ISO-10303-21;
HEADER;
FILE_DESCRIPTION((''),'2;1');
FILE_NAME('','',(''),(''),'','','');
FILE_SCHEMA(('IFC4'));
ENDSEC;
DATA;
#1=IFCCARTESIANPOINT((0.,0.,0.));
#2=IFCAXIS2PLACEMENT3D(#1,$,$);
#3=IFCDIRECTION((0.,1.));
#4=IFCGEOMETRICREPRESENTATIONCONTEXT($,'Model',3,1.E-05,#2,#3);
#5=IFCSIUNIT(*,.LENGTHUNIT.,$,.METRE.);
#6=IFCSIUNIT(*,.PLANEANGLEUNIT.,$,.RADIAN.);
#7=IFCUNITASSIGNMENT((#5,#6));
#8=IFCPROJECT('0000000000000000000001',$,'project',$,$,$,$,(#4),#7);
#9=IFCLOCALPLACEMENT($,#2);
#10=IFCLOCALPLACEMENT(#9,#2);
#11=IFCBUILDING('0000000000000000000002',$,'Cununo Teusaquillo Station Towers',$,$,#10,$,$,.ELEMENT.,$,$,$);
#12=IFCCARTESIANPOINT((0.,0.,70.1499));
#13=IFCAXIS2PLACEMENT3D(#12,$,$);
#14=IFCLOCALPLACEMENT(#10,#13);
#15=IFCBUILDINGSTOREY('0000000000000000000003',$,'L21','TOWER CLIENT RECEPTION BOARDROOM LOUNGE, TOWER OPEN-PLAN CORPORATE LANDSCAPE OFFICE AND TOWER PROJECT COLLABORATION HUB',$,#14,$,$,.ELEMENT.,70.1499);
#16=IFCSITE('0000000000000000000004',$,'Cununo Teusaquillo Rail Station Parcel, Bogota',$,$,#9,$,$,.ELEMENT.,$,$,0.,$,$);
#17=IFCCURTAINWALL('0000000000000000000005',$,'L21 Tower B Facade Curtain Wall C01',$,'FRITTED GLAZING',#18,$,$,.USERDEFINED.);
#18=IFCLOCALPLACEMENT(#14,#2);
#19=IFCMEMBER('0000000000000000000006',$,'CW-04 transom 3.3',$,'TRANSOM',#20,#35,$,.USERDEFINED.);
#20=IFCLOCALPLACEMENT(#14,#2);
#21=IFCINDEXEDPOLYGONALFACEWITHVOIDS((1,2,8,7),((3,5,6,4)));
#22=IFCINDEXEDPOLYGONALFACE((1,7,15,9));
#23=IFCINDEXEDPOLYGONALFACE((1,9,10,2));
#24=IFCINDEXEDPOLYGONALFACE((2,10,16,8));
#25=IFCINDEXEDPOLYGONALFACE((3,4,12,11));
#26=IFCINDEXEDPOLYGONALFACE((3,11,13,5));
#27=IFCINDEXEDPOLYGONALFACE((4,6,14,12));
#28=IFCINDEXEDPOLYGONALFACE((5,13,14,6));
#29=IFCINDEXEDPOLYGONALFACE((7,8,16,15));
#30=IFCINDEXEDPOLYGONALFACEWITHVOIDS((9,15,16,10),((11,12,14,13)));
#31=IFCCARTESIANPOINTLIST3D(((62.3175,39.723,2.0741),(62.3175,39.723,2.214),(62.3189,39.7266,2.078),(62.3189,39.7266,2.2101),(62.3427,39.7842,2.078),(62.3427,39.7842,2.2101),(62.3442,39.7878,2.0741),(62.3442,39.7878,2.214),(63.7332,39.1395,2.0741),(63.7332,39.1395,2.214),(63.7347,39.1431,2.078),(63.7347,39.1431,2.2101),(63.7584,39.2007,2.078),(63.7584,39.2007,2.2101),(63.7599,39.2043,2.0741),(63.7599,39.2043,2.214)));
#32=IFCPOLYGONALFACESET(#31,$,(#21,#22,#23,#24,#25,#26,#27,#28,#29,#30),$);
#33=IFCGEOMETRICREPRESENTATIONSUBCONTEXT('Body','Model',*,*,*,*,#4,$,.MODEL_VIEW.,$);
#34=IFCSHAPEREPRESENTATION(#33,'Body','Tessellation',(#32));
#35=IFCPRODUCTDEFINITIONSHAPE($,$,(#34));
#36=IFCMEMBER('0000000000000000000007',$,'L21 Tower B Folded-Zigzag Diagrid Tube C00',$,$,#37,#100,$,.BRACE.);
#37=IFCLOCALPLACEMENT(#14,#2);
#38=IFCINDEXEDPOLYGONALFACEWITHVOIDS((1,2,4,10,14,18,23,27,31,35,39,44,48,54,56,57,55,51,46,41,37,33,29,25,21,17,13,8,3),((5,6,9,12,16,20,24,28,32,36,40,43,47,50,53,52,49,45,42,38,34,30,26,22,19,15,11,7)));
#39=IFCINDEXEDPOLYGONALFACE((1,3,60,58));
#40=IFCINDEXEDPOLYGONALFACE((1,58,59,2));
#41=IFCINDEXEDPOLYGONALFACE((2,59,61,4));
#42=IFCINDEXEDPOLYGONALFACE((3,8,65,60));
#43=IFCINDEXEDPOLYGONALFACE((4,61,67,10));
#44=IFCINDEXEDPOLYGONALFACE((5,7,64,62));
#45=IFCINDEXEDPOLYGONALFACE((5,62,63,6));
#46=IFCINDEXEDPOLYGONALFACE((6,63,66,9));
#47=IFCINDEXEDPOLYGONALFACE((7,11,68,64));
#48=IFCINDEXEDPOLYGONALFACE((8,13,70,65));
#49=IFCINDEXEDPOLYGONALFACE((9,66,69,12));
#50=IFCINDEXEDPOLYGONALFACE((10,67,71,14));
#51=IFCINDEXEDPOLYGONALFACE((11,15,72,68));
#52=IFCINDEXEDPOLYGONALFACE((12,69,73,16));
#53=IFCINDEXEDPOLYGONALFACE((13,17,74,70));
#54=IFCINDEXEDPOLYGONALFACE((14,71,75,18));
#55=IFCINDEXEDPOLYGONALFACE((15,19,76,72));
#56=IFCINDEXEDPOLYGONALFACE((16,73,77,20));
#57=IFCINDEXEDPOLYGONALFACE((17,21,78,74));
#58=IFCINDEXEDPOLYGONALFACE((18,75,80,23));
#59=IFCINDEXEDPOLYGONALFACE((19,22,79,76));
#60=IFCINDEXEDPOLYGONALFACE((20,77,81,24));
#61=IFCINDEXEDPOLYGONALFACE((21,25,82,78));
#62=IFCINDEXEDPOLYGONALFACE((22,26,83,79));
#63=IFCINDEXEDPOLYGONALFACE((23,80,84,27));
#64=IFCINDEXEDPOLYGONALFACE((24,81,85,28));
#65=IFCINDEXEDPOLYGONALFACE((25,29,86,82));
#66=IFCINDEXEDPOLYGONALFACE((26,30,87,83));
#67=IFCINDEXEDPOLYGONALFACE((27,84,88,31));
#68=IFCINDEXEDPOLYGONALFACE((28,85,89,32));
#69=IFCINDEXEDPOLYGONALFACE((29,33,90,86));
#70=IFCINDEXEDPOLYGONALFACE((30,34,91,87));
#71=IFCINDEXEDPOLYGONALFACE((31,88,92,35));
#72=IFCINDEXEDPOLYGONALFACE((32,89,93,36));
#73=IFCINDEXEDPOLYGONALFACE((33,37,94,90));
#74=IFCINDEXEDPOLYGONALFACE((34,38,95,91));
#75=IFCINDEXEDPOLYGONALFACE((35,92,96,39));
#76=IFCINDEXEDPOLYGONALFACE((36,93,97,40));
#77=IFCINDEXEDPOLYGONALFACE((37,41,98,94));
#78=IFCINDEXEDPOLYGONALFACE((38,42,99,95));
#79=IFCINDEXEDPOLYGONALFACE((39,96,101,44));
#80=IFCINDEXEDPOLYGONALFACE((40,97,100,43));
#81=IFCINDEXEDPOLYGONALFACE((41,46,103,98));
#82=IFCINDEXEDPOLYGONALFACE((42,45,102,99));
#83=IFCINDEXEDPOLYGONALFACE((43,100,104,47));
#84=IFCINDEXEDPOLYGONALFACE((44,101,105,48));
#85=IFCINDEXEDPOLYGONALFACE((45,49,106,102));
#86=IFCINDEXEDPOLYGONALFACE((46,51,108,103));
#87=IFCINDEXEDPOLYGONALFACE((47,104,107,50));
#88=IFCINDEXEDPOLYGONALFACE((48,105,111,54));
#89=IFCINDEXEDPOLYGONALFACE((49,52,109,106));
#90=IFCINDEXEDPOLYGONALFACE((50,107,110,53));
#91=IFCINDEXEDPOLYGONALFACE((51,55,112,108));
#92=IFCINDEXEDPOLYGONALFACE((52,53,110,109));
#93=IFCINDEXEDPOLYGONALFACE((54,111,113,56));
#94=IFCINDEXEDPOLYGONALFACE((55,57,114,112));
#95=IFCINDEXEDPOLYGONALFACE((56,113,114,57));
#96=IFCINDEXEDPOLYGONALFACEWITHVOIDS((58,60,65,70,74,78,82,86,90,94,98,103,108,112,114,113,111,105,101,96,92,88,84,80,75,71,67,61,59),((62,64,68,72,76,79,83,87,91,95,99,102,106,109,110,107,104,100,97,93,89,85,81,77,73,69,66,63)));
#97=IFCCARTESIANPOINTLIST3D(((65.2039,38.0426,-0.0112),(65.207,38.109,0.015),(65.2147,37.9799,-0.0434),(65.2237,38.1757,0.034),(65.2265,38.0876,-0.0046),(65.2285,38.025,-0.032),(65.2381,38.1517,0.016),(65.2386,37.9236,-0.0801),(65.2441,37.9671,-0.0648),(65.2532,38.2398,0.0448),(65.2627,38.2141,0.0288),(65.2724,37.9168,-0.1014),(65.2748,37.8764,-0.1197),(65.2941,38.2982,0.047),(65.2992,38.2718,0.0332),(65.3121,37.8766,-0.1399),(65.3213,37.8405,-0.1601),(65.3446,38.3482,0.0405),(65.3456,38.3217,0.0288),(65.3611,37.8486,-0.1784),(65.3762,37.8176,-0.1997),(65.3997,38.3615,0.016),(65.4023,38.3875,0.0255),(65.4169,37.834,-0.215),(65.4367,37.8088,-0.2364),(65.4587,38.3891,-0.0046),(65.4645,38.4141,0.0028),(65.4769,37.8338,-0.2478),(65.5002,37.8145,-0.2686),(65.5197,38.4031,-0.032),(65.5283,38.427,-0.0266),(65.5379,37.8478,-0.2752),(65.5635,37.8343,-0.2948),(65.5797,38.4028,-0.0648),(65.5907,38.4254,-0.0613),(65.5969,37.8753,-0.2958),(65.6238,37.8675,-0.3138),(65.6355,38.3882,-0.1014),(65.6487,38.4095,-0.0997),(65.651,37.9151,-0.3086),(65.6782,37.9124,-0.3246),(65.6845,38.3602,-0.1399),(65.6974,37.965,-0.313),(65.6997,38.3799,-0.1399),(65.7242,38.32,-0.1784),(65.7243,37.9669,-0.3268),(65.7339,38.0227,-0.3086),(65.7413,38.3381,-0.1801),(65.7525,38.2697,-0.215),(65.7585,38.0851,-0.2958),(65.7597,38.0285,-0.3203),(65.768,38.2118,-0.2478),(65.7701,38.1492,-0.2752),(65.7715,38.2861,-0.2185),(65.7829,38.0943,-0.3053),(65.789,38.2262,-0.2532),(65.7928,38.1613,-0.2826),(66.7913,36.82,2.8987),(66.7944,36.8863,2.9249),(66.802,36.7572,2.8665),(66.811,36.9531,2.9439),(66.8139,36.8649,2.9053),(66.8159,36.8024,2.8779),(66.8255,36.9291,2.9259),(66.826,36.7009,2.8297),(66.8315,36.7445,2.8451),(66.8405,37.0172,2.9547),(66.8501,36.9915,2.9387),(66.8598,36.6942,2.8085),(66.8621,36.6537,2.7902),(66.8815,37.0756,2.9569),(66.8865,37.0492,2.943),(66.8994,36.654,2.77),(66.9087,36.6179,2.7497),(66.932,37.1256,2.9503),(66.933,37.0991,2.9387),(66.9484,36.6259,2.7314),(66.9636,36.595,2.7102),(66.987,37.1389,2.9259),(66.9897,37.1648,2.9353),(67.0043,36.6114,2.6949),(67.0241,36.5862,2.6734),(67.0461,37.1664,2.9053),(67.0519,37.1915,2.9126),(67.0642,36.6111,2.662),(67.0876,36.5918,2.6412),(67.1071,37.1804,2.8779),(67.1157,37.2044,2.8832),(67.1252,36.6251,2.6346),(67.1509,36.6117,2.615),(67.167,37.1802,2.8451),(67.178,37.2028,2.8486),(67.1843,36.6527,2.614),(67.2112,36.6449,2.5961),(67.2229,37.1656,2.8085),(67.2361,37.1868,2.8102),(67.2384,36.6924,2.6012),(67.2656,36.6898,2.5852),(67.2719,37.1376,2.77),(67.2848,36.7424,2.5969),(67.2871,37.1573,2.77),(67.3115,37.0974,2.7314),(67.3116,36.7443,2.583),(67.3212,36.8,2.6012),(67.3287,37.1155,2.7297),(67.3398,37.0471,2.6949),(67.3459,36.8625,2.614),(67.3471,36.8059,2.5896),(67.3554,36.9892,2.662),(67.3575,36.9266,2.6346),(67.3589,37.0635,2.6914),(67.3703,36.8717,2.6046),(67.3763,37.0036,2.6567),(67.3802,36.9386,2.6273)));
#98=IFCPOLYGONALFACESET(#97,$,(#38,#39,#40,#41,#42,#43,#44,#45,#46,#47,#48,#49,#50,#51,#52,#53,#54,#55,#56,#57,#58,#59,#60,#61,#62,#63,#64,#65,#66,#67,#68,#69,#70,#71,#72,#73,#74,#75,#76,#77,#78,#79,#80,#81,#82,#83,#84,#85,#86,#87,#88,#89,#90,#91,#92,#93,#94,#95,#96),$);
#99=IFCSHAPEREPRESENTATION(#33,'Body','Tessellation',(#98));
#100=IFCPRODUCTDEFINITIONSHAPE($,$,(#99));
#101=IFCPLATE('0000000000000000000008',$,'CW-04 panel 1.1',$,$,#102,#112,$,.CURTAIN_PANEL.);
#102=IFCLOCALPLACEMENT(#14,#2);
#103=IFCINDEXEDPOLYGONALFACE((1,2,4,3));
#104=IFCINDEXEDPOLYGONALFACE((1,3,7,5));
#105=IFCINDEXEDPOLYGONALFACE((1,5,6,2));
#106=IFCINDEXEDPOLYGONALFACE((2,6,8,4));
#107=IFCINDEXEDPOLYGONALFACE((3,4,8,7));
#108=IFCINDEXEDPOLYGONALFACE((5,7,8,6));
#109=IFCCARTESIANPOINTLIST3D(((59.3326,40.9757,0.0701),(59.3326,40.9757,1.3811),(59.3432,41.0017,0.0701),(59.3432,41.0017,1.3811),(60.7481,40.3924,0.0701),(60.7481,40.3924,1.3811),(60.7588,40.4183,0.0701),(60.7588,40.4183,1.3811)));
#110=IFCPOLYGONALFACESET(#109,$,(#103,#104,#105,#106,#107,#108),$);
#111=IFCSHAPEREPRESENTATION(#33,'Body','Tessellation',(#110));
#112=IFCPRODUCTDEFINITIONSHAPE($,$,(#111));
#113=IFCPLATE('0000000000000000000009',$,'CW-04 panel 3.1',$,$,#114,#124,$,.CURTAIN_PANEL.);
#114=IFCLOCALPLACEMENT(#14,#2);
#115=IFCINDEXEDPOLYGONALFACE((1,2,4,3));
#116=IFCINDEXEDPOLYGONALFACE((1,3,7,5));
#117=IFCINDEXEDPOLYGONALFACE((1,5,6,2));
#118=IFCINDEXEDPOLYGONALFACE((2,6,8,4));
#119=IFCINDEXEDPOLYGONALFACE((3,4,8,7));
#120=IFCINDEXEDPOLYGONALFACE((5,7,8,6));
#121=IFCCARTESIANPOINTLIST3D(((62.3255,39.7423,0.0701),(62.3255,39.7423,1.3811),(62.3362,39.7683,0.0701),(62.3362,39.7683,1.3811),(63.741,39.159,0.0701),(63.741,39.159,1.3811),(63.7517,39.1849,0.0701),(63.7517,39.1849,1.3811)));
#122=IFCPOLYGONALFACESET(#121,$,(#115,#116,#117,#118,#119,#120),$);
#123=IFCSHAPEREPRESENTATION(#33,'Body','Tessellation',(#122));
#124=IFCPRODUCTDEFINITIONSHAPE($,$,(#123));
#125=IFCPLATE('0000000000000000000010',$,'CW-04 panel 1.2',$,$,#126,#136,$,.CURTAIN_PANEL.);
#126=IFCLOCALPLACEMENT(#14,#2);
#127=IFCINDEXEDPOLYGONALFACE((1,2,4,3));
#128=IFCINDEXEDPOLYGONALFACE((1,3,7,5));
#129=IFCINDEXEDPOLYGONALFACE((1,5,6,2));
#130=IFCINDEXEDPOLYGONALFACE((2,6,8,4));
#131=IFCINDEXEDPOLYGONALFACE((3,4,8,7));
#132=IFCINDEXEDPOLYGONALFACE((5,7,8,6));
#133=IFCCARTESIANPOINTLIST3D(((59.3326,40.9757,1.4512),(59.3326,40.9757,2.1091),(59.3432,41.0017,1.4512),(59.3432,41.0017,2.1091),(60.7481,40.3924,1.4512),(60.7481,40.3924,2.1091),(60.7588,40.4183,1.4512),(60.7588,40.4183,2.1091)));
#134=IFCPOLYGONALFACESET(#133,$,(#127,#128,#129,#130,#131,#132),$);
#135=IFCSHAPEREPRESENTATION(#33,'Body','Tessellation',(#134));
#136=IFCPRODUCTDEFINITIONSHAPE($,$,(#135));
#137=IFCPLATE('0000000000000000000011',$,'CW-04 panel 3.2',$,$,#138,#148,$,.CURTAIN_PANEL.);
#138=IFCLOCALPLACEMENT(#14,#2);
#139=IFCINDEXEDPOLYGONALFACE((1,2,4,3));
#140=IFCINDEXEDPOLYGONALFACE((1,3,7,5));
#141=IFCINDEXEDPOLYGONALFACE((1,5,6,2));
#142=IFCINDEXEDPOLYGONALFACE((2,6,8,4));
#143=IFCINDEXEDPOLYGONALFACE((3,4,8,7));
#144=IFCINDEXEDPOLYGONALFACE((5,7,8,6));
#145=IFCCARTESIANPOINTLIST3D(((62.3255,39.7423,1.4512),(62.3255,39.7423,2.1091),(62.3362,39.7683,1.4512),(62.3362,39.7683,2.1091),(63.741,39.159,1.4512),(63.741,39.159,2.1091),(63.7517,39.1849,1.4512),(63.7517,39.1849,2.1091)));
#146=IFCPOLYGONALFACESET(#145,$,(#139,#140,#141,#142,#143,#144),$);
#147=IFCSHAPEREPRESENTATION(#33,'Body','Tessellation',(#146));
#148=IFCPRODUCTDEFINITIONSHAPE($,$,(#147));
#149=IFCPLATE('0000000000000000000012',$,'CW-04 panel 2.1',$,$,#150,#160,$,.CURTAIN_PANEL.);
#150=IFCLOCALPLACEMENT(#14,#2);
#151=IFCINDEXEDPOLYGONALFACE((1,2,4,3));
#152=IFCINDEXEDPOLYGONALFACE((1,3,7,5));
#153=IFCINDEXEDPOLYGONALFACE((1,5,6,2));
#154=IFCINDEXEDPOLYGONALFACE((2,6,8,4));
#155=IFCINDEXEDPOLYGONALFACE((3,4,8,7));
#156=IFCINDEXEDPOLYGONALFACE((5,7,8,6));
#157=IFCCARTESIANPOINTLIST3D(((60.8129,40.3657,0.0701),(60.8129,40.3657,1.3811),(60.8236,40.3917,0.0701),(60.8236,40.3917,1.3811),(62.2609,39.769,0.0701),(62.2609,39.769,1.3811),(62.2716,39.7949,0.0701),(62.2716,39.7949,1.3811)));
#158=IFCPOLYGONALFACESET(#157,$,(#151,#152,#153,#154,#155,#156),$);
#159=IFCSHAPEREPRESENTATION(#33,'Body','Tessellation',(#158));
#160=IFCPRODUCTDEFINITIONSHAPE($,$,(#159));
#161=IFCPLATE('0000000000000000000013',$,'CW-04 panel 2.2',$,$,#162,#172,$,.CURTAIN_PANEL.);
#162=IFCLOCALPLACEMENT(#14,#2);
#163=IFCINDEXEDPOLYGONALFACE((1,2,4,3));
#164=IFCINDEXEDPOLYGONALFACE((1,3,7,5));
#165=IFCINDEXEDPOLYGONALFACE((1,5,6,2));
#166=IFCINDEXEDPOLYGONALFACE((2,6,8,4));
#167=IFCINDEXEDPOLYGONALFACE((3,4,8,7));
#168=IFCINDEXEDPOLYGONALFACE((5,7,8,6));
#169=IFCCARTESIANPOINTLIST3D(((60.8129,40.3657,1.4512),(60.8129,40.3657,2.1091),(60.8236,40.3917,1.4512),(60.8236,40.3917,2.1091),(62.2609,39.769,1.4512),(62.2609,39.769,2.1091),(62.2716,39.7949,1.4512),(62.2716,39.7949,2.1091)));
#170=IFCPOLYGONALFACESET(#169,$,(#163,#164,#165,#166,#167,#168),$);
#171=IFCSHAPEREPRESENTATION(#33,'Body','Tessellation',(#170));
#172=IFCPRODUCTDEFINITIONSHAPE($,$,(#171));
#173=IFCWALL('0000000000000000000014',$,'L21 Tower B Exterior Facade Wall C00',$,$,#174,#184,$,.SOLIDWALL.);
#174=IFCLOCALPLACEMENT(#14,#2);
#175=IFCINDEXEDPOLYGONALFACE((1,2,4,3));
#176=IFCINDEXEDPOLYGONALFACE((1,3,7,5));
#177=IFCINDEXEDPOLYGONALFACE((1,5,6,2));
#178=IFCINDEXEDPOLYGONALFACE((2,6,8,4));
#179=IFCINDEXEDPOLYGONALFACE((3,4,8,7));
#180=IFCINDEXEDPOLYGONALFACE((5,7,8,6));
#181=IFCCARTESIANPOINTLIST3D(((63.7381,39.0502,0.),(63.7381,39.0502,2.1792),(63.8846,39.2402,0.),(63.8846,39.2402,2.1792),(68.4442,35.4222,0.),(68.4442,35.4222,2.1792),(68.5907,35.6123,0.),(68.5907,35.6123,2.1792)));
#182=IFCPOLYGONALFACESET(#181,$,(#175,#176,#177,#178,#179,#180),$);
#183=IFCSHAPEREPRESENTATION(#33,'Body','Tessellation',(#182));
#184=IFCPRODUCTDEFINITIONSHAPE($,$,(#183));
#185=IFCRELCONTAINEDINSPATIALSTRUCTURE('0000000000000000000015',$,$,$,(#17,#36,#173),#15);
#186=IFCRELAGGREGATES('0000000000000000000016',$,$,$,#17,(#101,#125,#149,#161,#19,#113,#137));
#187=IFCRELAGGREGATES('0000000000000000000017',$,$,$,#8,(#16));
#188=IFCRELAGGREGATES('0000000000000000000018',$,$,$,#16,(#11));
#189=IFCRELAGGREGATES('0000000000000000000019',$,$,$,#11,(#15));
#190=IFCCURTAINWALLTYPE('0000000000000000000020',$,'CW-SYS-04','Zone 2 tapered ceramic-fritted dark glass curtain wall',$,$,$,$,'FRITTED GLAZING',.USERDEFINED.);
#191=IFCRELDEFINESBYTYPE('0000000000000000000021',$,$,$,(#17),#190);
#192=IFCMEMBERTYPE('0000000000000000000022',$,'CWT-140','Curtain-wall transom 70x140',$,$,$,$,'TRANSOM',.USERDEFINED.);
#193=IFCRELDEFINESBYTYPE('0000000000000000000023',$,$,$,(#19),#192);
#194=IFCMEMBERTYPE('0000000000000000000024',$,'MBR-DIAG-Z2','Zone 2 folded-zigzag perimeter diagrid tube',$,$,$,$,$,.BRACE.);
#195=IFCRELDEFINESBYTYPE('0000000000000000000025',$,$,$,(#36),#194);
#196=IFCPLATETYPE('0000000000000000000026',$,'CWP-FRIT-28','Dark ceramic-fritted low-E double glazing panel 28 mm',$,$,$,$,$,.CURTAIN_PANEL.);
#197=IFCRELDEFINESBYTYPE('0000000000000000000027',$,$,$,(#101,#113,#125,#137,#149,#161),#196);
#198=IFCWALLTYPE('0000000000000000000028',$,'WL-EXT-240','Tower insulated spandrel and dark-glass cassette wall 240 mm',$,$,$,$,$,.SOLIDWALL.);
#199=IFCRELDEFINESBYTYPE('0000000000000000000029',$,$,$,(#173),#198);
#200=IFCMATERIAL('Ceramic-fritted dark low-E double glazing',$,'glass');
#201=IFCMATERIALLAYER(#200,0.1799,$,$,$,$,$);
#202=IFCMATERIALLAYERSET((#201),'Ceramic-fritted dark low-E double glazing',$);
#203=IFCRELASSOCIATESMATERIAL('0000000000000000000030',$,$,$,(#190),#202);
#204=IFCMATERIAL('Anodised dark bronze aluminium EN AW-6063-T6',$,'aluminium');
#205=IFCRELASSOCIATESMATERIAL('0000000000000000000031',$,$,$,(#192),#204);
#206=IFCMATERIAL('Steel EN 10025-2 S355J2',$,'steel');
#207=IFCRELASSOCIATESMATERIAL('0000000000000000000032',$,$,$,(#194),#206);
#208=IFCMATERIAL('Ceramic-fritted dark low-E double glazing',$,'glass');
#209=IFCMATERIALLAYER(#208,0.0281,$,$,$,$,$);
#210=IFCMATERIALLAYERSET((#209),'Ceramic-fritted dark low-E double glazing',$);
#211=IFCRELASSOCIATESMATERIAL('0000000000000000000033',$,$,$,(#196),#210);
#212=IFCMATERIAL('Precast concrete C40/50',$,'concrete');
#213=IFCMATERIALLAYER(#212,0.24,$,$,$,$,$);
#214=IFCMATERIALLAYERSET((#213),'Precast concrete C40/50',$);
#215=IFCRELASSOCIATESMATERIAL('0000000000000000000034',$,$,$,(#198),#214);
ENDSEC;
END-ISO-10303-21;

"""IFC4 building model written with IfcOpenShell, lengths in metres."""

from ifc_helpers import new_model, si_unit, direction, frame, frame_2d, origin, origin_2d, place, context, subcontext, project, spatial, rectangle, hollow_rectangle, hollow_circle, extrude, source, transform, mapped, material, layer, layer_set, material_profile, profile_set, type_object, element, aggregate, save


model = new_model("IFC4")

# Units and contexts
model_context = context("Model", 3, precision=1e-05, world=origin(), true_north=direction((0.0, 1.0)))
body_context = subcontext(model_context, "Body", "Model", "MODEL_VIEW")
ifc_project = project(units=[si_unit("LENGTHUNIT", "METRE"), si_unit("PLANEANGLEUNIT", "RADIAN")], contexts=[model_context])

# Site, building, storey
site_placement = place(None, origin())
site = spatial("IfcSite", under=ifc_project, at=site_placement, Name="Cununo Teusaquillo Rail Station Parcel, Bogota", CompositionType="ELEMENT", RefElevation=0.0)
building_placement = place(site_placement, origin())
building = spatial("IfcBuilding", under=site, at=building_placement, Name="Cununo Teusaquillo Station Towers", CompositionType="ELEMENT")
storey_placement = place(building_placement, frame((0.0, 0.0, 70.1499)))
storey = spatial("IfcBuildingStorey", under=building, at=storey_placement, Name="L21", Description="TOWER CLIENT RECEPTION BOARDROOM LOUNGE, TOWER OPEN-PLAN CORPORATE LANDSCAPE OFFICE AND TOWER PROJECT COLLABORATION HUB", CompositionType="ELEMENT", Elevation=70.1499)

# Curtain wall, member
ifc_material_1 = material(Name="Ceramic-fritted dark low-E double glazing", Category="glass")
ifc_layer_1 = layer(ifc_material_1, 0.1799)
ifc_layer_set_1 = layer_set([ifc_layer_1], Name="Ceramic-fritted dark low-E double glazing")
curtain_wall_type = type_object("IfcCurtainWallType", Name="CW-SYS-04", Description="Zone 2 tapered ceramic-fritted dark glass curtain wall", ElementType="FRITTED GLAZING", PredefinedType="USERDEFINED", material=ifc_layer_set_1)
curtain_wall_placement = place(storey_placement, origin())
curtain_wall = element("IfcCurtainWall", 1, at=curtain_wall_placement, inside=storey, type_object=curtain_wall_type, Name="L21 Tower B Facade Curtain Wall C01", ObjectType="FRITTED GLAZING", PredefinedType="USERDEFINED")
ifc_material_2 = material(Name="Anodised dark bronze aluminium EN AW-6063-T6", Category="aluminium")
ifc_material_profile_1 = material_profile(ifc_material_2, hollow_rectangle(XDim=0.0701, YDim=0.1399, WallThickness=0.0039, at=origin_2d()), Name="CW-TRAN-70x140")
ifc_profile_set_1 = profile_set([ifc_material_profile_1], Name="Anodised dark bronze aluminium EN AW-6063-T6")
member_type_1 = type_object("IfcMemberType", Name="CWT-140", Description="Curtain-wall transom 70x140", ElementType="TRANSOM", PredefinedType="USERDEFINED", material=ifc_profile_set_1)
member_1_placement = place(storey_placement, frame((62.3308, 39.7554, 2.144), z_axis=(0.924556, -0.381046, 0.0), x_axis=(0.381046, 0.924556, 0.0)))
member_1 = element("IfcMember", 2, at=member_1_placement, type_object=member_type_1, Name="CW-04 transom 3.3", ObjectType="TRANSOM", PredefinedType="USERDEFINED", context=body_context, shape_type="SweptSolid", body=[
    extrude(hollow_rectangle(XDim=0.0701, YDim=0.1399, WallThickness=0.0039, at=origin_2d()), origin(), (0.0, 0.0, 1.0), 1.5312),
])

# Member
ifc_material_3 = material(Name="Steel EN 10025-2 S355J2", Category="steel")
ifc_material_profile_2 = material_profile(ifc_material_3, hollow_circle(Radius=0.3301, WallThickness=0.0249, at=origin_2d()), Name="CHS 660x25")
ifc_profile_set_2 = profile_set([ifc_material_profile_2], Name="Steel EN 10025-2 S355J2")
member_type_2 = type_object("IfcMemberType", Name="MBR-DIAG-Z2", Description="Zone 2 folded-zigzag perimeter diagrid tube", PredefinedType="BRACE", material=ifc_profile_set_2)
member_2_placement = place(storey_placement, frame((65.4983, 38.1184, -0.1399), z_axis=(0.449303, -0.346064, 0.82363), x_axis=(0.610205, 0.792243, 0.0)))
element("IfcMember", 3, at=member_2_placement, inside=storey, type_object=member_type_2, Name="L21 Tower B Folded-Zigzag Diagrid Tube C00", PredefinedType="BRACE", context=body_context, shape_type="SweptSolid", body=[
    extrude(hollow_circle(Radius=0.3301, WallThickness=0.0249, at=origin_2d()), origin(), (0.0, 0.0, 1.0), 3.533),
])

# Plates
ifc_material_4 = material(Name="Ceramic-fritted dark low-E double glazing", Category="glass")
ifc_layer_2 = layer(ifc_material_4, 0.0281)
ifc_layer_set_2 = layer_set([ifc_layer_2], Name="Ceramic-fritted dark low-E double glazing")
plate_type = type_object("IfcPlateType", Name="CWP-FRIT-28", Description="Dark ceramic-fritted low-E double glazing panel 28 mm", PredefinedType="CURTAIN_PANEL", material=ifc_layer_set_2)
shared_shape_1 = source(origin(), body_context, "Body", "SweptSolid", [
    extrude(rectangle(XDim=1.531, YDim=0.0281, at=origin_2d()), origin(), (0.0, 0.0, 1.0), 1.311),
])
plate_1_placement = place(storey_placement, frame((60.0457, 40.697, 0.0701), z_axis=(0.0, 0.0, 1.0), x_axis=(0.924562, -0.381031, 0.0)))
plate_1 = element("IfcPlate", 4, at=plate_1_placement, type_object=plate_type, Name="CW-04 panel 1.1", PredefinedType="CURTAIN_PANEL", context=body_context, shape_type="MappedRepresentation", body=[
    mapped(shared_shape_1, transform((0.0, 0.0, 0.0), x_axis=(1.0, 0.0, 0.0), y_axis=(0.0, 1.0, 0.0), z_axis=(0.0, 0.0, 1.0), scale=1.0)),
])
plate_2_placement = place(storey_placement, frame((63.0386, 39.4636, 0.0701), z_axis=(0.0, 0.0, 1.0), x_axis=(0.924562, -0.381031, 0.0)))
plate_2 = element("IfcPlate", 5, at=plate_2_placement, type_object=plate_type, Name="CW-04 panel 3.1", PredefinedType="CURTAIN_PANEL", context=body_context, shape_type="MappedRepresentation", body=[
    mapped(shared_shape_1, transform((0.0, 0.0, 0.0), x_axis=(1.0, 0.0, 0.0), y_axis=(0.0, 1.0, 0.0), z_axis=(0.0, 0.0, 1.0), scale=1.0)),
])
shared_shape_2 = source(origin(), body_context, "Body", "SweptSolid", [
    extrude(rectangle(XDim=1.531, YDim=0.0281, at=origin_2d()), origin(), (0.0, 0.0, 1.0), 0.658),
])
plate_3_placement = place(storey_placement, frame((60.0457, 40.697, 1.4512), z_axis=(0.0, 0.0, 1.0), x_axis=(0.924562, -0.381031, 0.0)))
plate_3 = element("IfcPlate", 6, at=plate_3_placement, type_object=plate_type, Name="CW-04 panel 1.2", PredefinedType="CURTAIN_PANEL", context=body_context, shape_type="MappedRepresentation", body=[
    mapped(shared_shape_2, transform((0.0, 0.0, 0.0), x_axis=(1.0, 0.0, 0.0), y_axis=(0.0, 1.0, 0.0), z_axis=(0.0, 0.0, 1.0), scale=1.0)),
])
plate_4_placement = place(storey_placement, frame((63.0386, 39.4636, 1.4512), z_axis=(0.0, 0.0, 1.0), x_axis=(0.924562, -0.381031, 0.0)))
plate_4 = element("IfcPlate", 7, at=plate_4_placement, type_object=plate_type, Name="CW-04 panel 3.2", PredefinedType="CURTAIN_PANEL", context=body_context, shape_type="MappedRepresentation", body=[
    mapped(shared_shape_2, transform((0.0, 0.0, 0.0), x_axis=(1.0, 0.0, 0.0), y_axis=(0.0, 1.0, 0.0), z_axis=(0.0, 0.0, 1.0), scale=1.0)),
])
shared_shape_3 = source(origin(), body_context, "Body", "SweptSolid", [
    extrude(rectangle(XDim=1.5662, YDim=0.0281, at=origin_2d()), origin(), (0.0, 0.0, 1.0), 1.311),
])
plate_5_placement = place(storey_placement, frame((61.5422, 40.0803, 0.0701), z_axis=(0.0, 0.0, 1.0), x_axis=(0.924562, -0.381031, 0.0)))
plate_5 = element("IfcPlate", 8, at=plate_5_placement, type_object=plate_type, Name="CW-04 panel 2.1", PredefinedType="CURTAIN_PANEL", context=body_context, shape_type="MappedRepresentation", body=[
    mapped(shared_shape_3, transform((0.0, 0.0, 0.0), x_axis=(1.0, 0.0, 0.0), y_axis=(0.0, 1.0, 0.0), z_axis=(0.0, 0.0, 1.0), scale=1.0)),
])
shared_shape_4 = source(origin(), body_context, "Body", "SweptSolid", [
    extrude(rectangle(XDim=1.5662, YDim=0.0281, at=origin_2d()), origin(), (0.0, 0.0, 1.0), 0.658),
])
plate_6_placement = place(storey_placement, frame((61.5422, 40.0803, 1.4512), z_axis=(0.0, 0.0, 1.0), x_axis=(0.924562, -0.381031, 0.0)))
plate_6 = element("IfcPlate", 9, at=plate_6_placement, type_object=plate_type, Name="CW-04 panel 2.2", PredefinedType="CURTAIN_PANEL", context=body_context, shape_type="MappedRepresentation", body=[
    mapped(shared_shape_4, transform((0.0, 0.0, 0.0), x_axis=(1.0, 0.0, 0.0), y_axis=(0.0, 1.0, 0.0), z_axis=(0.0, 0.0, 1.0), scale=1.0)),
])
aggregate(curtain_wall, [plate_1, plate_3, plate_5, plate_6, member_1, plate_2, plate_4])

# Wall
ifc_material_5 = material(Name="Precast concrete C40/50", Category="concrete")
ifc_layer_3 = layer(ifc_material_5, 0.24)
ifc_layer_set_3 = layer_set([ifc_layer_3], Name="Precast concrete C40/50")
wall_type = type_object("IfcWallType", Name="WL-EXT-240", Description="Tower insulated spandrel and dark-glass cassette wall 240 mm", PredefinedType="SOLIDWALL", material=ifc_layer_set_3)
wall_1_placement = place(storey_placement, frame((63.8113, 39.1453, 0.0), z_axis=(0.0, 0.0, 1.0), x_axis=(0.791982, -0.610544, 0.0)))
element("IfcWall", 10, at=wall_1_placement, inside=storey, type_object=wall_type, Name="L21 Tower B Exterior Facade Wall C00", PredefinedType="SOLIDWALL", context=body_context, shape_type="SweptSolid", body=[
    extrude(rectangle(XDim=5.9421, YDim=0.24, at=frame_2d((2.9712, 0.0))), origin(), (0.0, 0.0, 1.0), 2.1792),
])

save(model, "model.ifc")
